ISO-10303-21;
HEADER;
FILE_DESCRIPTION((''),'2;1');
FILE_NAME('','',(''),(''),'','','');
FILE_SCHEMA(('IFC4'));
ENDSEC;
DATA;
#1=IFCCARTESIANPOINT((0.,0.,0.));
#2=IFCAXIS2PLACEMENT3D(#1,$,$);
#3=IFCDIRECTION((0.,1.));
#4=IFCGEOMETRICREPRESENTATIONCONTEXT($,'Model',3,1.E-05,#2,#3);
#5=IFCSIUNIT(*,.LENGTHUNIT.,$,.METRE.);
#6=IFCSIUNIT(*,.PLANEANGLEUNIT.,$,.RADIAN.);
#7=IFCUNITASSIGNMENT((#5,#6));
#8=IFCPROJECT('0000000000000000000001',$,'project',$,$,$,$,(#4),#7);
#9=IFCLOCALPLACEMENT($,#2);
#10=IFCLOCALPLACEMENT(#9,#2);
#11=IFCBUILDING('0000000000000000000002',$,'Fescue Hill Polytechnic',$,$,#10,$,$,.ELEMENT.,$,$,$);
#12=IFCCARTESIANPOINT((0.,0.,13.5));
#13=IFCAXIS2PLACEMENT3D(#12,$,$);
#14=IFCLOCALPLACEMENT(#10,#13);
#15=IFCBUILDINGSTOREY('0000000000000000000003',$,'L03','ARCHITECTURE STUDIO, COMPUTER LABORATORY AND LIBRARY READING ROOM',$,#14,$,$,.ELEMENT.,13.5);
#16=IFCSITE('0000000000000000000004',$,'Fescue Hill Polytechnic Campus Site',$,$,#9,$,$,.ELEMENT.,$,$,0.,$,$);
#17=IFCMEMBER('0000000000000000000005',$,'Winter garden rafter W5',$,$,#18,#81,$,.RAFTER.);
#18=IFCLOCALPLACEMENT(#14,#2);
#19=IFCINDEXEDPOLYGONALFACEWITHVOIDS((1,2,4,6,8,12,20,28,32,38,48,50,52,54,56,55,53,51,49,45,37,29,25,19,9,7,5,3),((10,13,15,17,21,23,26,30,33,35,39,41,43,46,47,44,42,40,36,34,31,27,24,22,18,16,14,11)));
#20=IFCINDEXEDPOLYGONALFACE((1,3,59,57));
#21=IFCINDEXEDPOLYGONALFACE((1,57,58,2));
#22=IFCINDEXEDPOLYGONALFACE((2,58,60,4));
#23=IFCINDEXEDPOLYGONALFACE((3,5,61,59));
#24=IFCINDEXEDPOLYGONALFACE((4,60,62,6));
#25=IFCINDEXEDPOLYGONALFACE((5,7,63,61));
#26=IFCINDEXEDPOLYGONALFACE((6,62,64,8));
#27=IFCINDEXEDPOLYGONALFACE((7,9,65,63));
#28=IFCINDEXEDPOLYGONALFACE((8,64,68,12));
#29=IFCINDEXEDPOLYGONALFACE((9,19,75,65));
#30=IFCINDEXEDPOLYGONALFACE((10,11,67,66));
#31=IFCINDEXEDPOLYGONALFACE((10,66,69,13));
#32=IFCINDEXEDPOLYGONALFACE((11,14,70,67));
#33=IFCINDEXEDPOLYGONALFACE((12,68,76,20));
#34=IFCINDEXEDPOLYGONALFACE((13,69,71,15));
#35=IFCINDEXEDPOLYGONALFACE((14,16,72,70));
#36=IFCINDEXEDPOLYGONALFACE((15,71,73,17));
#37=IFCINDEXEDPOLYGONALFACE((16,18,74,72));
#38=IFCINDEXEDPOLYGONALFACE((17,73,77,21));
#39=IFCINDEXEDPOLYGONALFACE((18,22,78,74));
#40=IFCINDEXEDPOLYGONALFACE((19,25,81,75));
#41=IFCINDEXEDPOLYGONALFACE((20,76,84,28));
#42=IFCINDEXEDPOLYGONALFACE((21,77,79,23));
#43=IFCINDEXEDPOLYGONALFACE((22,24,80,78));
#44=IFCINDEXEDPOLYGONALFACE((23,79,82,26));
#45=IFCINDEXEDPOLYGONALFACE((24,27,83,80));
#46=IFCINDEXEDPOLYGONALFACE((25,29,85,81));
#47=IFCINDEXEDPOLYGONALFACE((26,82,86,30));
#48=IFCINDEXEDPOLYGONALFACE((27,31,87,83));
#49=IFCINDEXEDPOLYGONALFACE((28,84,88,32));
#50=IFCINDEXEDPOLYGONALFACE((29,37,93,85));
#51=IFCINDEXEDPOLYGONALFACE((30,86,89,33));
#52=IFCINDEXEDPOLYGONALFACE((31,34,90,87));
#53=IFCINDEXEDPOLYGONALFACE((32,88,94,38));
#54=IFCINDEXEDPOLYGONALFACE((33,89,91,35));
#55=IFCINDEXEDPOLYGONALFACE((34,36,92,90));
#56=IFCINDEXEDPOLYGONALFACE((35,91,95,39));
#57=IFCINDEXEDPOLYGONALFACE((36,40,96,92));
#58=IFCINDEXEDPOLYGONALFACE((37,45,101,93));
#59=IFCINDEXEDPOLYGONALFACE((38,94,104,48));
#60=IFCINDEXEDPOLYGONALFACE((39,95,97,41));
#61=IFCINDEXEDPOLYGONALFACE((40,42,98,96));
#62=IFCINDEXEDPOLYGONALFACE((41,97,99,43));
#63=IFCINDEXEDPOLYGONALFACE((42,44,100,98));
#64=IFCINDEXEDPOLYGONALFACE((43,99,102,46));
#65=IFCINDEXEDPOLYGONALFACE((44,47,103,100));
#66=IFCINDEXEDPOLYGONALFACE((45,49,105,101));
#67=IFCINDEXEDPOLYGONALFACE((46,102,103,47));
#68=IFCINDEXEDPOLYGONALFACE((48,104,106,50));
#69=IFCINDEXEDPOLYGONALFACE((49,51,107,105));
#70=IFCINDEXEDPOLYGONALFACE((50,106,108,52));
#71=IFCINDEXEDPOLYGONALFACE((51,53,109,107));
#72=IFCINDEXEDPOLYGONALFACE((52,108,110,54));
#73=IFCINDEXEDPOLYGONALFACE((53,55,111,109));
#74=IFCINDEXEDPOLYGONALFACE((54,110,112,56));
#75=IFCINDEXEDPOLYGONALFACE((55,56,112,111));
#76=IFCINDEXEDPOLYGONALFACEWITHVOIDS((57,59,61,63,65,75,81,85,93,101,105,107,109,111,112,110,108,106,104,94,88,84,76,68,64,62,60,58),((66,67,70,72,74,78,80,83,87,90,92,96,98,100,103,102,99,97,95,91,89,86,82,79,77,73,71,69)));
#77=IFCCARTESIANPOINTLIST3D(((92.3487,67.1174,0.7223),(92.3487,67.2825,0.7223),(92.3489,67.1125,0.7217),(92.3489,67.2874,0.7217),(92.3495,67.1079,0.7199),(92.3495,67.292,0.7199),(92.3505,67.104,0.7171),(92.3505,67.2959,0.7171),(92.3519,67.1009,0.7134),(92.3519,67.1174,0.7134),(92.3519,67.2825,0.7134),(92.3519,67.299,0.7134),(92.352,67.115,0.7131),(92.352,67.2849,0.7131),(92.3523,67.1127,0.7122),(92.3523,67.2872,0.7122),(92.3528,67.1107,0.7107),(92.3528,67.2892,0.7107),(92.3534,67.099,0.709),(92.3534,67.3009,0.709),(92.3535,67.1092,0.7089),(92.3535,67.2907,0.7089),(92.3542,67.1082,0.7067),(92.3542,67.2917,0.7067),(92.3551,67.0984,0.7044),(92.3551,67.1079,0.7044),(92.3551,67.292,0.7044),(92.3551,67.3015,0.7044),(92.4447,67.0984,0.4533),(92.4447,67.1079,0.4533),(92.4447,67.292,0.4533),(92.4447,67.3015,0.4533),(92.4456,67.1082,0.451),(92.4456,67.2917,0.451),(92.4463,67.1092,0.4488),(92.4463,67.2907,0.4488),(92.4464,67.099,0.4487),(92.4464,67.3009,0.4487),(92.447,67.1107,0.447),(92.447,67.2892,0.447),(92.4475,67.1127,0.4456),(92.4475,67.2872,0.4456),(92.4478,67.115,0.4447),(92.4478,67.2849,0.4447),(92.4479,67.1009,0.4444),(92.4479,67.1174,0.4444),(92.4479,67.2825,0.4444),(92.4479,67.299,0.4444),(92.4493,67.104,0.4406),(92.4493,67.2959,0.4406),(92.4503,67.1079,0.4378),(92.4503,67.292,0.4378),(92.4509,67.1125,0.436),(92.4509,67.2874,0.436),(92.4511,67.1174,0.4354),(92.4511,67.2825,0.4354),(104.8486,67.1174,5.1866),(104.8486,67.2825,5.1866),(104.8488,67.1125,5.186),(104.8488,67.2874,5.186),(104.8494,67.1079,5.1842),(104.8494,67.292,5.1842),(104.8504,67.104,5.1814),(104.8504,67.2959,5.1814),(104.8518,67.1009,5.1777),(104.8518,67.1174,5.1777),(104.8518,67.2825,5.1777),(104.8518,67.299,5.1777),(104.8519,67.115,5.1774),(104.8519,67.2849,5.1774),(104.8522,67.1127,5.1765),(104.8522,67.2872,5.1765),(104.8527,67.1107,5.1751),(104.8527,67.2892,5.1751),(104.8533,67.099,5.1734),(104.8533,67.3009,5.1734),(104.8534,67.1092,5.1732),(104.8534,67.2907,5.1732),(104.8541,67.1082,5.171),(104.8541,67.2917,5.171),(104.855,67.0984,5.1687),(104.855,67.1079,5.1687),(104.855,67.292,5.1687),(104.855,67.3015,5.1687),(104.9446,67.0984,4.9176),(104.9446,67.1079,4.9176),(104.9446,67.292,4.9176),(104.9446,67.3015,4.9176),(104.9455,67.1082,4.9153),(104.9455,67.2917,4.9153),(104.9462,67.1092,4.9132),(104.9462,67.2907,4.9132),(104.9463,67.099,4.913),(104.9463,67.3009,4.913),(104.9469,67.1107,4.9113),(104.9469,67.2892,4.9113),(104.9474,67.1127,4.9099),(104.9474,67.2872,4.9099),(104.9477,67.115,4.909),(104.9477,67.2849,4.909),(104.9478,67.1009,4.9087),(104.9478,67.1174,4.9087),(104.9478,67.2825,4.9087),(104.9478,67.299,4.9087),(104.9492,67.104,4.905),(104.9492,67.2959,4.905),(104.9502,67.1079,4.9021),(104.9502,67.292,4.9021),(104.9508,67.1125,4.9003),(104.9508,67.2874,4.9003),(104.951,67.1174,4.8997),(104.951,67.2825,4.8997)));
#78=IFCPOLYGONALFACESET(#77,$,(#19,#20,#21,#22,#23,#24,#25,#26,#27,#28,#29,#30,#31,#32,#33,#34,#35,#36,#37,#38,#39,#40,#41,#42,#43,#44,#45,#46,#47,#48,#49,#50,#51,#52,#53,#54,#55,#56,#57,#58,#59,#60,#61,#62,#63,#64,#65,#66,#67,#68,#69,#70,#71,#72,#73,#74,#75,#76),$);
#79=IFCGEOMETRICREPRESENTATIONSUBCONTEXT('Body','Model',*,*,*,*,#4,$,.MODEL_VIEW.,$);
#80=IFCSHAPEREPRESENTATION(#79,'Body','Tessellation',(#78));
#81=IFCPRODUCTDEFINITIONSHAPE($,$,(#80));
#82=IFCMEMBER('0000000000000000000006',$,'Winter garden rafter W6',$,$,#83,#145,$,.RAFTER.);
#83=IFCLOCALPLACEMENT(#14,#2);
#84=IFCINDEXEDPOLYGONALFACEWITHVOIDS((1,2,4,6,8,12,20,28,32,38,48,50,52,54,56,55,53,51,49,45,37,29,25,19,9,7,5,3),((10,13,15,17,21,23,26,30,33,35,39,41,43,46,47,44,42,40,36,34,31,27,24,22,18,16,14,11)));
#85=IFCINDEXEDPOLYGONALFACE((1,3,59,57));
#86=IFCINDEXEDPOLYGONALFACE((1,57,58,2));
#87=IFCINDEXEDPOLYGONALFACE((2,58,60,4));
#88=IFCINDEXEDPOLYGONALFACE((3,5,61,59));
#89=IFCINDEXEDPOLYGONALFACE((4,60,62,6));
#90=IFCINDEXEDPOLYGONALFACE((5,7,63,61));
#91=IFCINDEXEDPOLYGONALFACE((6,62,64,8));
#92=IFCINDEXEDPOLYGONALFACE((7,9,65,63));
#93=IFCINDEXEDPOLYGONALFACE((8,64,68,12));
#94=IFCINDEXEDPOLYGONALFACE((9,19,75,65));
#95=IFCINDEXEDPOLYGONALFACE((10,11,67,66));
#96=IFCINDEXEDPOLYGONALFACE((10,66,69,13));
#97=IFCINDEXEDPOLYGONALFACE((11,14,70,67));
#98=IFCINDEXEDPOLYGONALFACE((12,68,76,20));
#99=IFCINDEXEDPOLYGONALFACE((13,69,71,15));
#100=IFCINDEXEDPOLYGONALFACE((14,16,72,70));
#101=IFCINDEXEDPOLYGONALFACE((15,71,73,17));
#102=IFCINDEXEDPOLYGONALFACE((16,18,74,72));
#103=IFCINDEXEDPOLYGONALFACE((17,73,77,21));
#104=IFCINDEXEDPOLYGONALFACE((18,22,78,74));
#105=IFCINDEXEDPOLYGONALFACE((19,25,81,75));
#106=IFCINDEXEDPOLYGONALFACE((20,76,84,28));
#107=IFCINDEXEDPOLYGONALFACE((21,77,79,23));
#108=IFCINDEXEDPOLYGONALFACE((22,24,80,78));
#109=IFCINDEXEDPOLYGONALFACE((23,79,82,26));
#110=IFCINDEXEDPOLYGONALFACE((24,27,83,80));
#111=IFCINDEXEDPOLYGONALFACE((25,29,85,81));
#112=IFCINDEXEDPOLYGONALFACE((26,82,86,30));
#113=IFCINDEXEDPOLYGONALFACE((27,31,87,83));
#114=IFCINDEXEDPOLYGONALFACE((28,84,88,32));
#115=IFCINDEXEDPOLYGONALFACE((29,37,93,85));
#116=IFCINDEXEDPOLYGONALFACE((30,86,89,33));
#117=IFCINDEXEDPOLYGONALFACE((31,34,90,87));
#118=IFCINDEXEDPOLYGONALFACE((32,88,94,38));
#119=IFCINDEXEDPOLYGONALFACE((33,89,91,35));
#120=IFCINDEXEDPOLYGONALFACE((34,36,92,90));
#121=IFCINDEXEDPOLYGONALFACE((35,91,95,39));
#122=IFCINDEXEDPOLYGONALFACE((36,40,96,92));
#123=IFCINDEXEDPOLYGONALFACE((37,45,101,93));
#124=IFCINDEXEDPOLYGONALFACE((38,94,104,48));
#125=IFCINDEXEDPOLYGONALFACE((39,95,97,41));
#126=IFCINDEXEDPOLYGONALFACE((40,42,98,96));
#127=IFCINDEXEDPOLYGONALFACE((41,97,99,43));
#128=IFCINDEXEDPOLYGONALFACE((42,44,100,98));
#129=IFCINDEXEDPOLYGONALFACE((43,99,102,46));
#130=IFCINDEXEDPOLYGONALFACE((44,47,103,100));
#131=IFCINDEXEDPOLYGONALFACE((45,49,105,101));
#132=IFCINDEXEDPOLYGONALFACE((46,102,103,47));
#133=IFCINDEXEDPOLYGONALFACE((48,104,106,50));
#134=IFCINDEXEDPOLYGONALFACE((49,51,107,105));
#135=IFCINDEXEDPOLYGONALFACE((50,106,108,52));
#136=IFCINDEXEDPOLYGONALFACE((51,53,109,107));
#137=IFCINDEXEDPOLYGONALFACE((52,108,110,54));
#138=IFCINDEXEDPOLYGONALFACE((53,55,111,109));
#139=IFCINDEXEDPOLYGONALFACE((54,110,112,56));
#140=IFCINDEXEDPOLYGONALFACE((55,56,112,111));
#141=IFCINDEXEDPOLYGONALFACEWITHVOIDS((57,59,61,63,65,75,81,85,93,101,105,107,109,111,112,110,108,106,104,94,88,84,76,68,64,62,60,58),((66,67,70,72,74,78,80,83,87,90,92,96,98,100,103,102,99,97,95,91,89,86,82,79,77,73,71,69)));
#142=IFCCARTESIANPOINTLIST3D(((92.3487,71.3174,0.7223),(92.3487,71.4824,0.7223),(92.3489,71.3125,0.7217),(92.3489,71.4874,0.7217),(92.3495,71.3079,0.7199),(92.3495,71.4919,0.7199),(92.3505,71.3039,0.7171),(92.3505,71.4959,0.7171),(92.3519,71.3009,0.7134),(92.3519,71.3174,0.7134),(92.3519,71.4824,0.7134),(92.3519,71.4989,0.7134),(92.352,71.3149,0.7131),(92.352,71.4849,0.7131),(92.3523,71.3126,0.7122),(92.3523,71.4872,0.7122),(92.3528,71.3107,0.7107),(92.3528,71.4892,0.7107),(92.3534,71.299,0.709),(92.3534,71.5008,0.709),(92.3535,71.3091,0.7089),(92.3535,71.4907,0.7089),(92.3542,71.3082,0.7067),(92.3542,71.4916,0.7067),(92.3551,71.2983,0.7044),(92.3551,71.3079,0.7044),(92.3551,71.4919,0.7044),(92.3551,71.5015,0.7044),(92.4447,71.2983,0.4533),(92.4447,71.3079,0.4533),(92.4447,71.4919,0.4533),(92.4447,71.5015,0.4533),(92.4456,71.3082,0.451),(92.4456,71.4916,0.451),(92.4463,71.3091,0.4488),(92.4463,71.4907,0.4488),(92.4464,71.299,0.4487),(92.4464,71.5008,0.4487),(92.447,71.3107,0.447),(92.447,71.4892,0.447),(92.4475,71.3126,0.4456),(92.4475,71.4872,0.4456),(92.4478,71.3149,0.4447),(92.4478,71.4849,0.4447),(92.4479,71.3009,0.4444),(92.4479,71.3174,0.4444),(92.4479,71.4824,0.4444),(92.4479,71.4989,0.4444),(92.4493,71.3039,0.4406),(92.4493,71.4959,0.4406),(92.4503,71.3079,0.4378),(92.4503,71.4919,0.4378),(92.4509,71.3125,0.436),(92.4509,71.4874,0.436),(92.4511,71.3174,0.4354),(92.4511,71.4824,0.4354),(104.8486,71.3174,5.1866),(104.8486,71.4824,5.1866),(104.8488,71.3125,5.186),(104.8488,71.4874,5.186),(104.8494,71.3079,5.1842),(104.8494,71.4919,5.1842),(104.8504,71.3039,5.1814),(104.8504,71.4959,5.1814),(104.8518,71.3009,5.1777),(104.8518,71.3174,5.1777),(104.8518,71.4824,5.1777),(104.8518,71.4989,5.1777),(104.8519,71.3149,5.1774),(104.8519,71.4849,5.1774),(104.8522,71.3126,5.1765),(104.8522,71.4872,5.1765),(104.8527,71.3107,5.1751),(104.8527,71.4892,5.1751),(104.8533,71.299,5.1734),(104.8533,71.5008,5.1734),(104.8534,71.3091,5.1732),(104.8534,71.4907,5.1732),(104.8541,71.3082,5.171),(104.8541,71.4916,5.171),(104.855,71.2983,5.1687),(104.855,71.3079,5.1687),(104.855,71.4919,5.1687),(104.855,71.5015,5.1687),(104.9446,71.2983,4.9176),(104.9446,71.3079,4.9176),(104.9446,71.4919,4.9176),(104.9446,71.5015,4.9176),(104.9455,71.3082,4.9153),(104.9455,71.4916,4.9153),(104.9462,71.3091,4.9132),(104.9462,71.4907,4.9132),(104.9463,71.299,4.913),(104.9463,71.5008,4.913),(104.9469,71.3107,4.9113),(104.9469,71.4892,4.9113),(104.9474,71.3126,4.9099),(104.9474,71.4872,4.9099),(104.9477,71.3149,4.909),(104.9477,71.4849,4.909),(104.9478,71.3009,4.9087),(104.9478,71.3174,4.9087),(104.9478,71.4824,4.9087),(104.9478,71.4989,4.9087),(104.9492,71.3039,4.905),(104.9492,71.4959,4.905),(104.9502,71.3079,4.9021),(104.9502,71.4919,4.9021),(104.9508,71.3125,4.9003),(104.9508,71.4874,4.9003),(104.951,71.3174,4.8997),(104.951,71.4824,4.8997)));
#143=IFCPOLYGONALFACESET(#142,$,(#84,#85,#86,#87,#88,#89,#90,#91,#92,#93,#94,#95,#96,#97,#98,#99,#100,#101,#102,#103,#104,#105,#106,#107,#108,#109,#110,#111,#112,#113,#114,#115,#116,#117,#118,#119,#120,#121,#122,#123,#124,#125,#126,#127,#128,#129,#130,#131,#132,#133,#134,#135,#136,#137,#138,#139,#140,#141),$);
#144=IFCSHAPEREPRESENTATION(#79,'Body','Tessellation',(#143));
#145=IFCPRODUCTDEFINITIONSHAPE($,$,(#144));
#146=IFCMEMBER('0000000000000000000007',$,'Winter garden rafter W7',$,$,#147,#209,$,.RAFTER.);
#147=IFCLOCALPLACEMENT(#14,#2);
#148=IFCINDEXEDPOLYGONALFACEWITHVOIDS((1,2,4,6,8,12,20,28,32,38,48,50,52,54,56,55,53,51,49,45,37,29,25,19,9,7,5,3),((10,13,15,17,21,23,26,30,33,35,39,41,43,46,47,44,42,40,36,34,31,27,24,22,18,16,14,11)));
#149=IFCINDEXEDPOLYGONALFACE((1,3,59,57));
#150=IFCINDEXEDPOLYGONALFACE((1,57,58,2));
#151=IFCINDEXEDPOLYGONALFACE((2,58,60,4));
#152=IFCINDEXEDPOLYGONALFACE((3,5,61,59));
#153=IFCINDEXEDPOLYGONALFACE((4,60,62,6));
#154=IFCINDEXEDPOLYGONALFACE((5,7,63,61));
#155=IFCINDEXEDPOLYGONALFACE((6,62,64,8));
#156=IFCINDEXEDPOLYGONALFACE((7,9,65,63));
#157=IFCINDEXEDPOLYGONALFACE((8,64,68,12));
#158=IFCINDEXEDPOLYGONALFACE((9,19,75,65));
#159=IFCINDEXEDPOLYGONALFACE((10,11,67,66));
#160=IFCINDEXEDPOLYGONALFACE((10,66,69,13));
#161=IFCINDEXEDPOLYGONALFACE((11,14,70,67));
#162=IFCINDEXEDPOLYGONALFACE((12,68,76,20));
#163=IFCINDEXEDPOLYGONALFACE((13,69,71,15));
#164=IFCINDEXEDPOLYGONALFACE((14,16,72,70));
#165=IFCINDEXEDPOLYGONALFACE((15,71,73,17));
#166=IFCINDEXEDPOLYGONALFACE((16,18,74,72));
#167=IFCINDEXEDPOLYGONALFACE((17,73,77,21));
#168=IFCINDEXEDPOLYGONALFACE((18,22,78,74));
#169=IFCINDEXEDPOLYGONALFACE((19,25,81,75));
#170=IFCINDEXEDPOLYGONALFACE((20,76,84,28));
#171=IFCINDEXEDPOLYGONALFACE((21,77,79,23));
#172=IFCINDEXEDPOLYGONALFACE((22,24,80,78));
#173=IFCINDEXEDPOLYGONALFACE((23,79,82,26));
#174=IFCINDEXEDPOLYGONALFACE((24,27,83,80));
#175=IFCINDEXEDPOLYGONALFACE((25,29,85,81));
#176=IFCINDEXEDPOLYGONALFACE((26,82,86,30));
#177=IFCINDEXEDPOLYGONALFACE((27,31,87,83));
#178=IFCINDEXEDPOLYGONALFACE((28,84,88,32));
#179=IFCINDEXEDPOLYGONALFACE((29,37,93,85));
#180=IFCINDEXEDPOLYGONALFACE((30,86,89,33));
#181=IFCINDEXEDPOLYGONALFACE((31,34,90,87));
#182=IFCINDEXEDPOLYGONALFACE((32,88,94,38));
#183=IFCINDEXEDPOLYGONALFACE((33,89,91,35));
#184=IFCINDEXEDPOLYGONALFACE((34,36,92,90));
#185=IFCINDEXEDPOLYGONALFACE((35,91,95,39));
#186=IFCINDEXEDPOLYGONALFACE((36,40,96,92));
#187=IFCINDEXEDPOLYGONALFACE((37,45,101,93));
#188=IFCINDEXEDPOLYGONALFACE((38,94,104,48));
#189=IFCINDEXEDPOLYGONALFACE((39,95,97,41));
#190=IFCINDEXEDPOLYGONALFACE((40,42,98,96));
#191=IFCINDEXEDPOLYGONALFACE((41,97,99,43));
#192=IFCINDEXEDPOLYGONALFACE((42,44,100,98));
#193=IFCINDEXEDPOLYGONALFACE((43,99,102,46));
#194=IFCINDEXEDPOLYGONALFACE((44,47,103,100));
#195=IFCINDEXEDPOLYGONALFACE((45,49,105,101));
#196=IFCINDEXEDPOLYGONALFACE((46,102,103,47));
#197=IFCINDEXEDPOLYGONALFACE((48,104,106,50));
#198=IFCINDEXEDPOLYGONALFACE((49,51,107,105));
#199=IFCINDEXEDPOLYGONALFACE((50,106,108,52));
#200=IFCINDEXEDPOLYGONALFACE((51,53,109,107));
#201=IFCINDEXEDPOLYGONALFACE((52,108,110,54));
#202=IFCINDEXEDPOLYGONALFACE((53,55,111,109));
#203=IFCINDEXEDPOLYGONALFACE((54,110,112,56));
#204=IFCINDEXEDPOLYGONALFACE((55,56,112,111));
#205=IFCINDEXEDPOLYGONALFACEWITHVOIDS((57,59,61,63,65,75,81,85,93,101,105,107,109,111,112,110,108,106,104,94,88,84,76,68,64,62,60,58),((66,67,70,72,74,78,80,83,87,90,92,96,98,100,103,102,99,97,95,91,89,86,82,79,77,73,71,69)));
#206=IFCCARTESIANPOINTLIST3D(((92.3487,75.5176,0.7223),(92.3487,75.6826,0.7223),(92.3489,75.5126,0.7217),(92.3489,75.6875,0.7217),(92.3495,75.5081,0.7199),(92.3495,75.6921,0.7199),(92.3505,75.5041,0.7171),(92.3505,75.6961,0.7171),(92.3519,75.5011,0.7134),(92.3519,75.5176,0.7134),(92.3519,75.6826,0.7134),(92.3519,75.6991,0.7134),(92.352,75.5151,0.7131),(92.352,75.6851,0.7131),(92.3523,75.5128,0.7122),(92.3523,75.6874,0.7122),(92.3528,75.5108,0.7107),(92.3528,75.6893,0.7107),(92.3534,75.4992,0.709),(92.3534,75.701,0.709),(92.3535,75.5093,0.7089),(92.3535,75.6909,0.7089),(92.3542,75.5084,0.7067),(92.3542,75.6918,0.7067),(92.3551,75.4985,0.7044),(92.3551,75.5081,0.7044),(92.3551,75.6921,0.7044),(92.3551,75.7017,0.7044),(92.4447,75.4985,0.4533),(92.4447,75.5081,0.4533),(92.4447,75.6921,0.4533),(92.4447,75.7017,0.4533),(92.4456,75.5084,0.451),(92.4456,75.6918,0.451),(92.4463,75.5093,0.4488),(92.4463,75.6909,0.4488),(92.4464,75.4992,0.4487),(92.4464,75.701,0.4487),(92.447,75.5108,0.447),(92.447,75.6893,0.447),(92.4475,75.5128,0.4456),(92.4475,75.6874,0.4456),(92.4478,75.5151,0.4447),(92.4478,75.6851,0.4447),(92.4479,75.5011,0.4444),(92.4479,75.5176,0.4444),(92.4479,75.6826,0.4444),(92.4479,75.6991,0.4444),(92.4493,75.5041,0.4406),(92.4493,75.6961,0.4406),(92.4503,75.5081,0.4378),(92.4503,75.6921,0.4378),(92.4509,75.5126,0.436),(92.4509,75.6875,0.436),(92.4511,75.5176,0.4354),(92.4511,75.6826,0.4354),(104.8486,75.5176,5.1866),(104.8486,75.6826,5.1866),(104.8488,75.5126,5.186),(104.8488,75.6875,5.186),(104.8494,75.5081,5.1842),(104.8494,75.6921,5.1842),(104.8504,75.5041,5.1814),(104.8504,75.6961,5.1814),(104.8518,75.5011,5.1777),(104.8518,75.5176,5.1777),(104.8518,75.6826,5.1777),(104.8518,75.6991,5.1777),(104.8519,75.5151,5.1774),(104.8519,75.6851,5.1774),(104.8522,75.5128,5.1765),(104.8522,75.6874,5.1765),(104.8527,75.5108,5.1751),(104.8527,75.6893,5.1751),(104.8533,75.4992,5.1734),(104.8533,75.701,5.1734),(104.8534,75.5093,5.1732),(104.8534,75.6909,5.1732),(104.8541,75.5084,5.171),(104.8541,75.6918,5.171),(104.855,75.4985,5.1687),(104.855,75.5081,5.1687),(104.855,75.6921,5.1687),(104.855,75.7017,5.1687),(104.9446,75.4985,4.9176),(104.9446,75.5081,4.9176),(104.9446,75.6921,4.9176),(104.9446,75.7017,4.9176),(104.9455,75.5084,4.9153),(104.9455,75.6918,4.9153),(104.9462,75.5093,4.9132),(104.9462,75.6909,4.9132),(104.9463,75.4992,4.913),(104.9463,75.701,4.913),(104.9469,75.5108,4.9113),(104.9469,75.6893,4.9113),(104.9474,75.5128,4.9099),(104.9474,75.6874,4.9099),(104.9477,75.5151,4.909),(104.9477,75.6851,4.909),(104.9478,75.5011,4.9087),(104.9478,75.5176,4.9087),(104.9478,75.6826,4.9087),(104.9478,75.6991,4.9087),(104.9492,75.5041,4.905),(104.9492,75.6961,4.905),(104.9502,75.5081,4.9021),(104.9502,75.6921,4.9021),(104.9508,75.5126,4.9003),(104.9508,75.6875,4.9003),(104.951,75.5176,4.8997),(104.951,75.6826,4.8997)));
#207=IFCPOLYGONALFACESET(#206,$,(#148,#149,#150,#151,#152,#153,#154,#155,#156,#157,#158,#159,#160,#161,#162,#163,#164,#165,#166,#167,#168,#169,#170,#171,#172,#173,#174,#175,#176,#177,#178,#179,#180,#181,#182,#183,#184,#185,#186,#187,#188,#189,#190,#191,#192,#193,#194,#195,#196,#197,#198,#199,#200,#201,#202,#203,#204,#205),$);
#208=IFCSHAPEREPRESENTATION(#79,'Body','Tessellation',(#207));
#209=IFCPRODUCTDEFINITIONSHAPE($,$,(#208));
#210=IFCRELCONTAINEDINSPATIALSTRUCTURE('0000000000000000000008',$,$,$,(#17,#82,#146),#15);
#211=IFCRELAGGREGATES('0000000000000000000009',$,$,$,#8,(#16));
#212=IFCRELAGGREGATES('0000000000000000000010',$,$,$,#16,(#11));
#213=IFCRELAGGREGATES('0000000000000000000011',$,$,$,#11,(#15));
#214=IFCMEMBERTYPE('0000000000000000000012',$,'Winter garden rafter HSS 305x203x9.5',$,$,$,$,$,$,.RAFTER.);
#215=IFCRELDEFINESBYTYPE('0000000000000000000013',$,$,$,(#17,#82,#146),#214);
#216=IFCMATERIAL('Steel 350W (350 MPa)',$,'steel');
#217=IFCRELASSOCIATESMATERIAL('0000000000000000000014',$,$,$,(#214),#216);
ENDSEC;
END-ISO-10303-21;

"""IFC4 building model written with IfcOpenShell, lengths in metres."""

from ifc_helpers import new_model, si_unit, direction, frame, origin, origin_2d, place, context, subcontext, project, spatial, hollow_rectangle, extrude, material, material_profile, profile_set, type_object, element, save


model = new_model("IFC4")

# Units and contexts
model_context = context("Model", 3, precision=1e-05, world=origin(), true_north=direction((0.0, 1.0)))
body_context = subcontext(model_context, "Body", "Model", "MODEL_VIEW")
ifc_project = project(units=[si_unit("LENGTHUNIT", "METRE"), si_unit("PLANEANGLEUNIT", "RADIAN")], contexts=[model_context])

# Site, building, storey
site_placement = place(None, origin())
site = spatial("IfcSite", under=ifc_project, at=site_placement, Name="Fescue Hill Polytechnic Campus Site", CompositionType="ELEMENT", RefElevation=0.0)
building_placement = place(site_placement, origin())
building = spatial("IfcBuilding", under=site, at=building_placement, Name="Fescue Hill Polytechnic", CompositionType="ELEMENT")
storey_placement = place(building_placement, frame((0.0, 0.0, 13.5)))
storey = spatial("IfcBuildingStorey", under=building, at=storey_placement, Name="L03", Description="ARCHITECTURE STUDIO, COMPUTER LABORATORY AND LIBRARY READING ROOM", CompositionType="ELEMENT", Elevation=13.5)

# Members
ifc_material_1 = material(Name="Steel 350W (350 MPa)", Category="steel")
ifc_material_profile_1 = material_profile(ifc_material_1, hollow_rectangle(XDim=0.2031, YDim=0.3047, WallThickness=0.0095, InnerFilletRadius=0.0095, OuterFilletRadius=0.019, at=origin_2d()), Name="Winter garden rafter HSS 305x203x9.5")
ifc_profile_set_1 = profile_set([ifc_material_profile_1], Name="Steel 350W (350 MPa)")
member_type_1 = type_object("IfcMemberType", Name="Winter garden rafter HSS 305x203x9.5", PredefinedType="RAFTER", material=ifc_profile_set_1)
for number, where, z_axis, x_axis, name in (
    (1, (92.3999, 67.2, 0.5789), (0.94174, 0.0, 0.336341), (0.0, 1.0, 0.0), "Winter garden rafter W5"),
    (2, (92.3999, 71.3999, 0.5789), (0.94174, 0.0, 0.336341), (0.0, 1.0, 0.0), "Winter garden rafter W6"),
    (3, (92.3999, 75.6001, 0.5789), (0.94174, 0.0, 0.336341), (0.0, 1.0, 0.0), "Winter garden rafter W7"),
):
    element("IfcMember", number, at=place(storey_placement, frame(where, z_axis=z_axis, x_axis=x_axis)), inside=storey, type_object=member_type_1, Name=name, PredefinedType="RAFTER", context=body_context, shape_type="SweptSolid", body=[
        extrude(hollow_rectangle(XDim=0.2031, YDim=0.3047, WallThickness=0.0095, InnerFilletRadius=0.0095, OuterFilletRadius=0.019, at=origin_2d()), origin(), (0.0, 0.0, 1.0), 13.2732),
    ])

save(model, "model.ifc")
